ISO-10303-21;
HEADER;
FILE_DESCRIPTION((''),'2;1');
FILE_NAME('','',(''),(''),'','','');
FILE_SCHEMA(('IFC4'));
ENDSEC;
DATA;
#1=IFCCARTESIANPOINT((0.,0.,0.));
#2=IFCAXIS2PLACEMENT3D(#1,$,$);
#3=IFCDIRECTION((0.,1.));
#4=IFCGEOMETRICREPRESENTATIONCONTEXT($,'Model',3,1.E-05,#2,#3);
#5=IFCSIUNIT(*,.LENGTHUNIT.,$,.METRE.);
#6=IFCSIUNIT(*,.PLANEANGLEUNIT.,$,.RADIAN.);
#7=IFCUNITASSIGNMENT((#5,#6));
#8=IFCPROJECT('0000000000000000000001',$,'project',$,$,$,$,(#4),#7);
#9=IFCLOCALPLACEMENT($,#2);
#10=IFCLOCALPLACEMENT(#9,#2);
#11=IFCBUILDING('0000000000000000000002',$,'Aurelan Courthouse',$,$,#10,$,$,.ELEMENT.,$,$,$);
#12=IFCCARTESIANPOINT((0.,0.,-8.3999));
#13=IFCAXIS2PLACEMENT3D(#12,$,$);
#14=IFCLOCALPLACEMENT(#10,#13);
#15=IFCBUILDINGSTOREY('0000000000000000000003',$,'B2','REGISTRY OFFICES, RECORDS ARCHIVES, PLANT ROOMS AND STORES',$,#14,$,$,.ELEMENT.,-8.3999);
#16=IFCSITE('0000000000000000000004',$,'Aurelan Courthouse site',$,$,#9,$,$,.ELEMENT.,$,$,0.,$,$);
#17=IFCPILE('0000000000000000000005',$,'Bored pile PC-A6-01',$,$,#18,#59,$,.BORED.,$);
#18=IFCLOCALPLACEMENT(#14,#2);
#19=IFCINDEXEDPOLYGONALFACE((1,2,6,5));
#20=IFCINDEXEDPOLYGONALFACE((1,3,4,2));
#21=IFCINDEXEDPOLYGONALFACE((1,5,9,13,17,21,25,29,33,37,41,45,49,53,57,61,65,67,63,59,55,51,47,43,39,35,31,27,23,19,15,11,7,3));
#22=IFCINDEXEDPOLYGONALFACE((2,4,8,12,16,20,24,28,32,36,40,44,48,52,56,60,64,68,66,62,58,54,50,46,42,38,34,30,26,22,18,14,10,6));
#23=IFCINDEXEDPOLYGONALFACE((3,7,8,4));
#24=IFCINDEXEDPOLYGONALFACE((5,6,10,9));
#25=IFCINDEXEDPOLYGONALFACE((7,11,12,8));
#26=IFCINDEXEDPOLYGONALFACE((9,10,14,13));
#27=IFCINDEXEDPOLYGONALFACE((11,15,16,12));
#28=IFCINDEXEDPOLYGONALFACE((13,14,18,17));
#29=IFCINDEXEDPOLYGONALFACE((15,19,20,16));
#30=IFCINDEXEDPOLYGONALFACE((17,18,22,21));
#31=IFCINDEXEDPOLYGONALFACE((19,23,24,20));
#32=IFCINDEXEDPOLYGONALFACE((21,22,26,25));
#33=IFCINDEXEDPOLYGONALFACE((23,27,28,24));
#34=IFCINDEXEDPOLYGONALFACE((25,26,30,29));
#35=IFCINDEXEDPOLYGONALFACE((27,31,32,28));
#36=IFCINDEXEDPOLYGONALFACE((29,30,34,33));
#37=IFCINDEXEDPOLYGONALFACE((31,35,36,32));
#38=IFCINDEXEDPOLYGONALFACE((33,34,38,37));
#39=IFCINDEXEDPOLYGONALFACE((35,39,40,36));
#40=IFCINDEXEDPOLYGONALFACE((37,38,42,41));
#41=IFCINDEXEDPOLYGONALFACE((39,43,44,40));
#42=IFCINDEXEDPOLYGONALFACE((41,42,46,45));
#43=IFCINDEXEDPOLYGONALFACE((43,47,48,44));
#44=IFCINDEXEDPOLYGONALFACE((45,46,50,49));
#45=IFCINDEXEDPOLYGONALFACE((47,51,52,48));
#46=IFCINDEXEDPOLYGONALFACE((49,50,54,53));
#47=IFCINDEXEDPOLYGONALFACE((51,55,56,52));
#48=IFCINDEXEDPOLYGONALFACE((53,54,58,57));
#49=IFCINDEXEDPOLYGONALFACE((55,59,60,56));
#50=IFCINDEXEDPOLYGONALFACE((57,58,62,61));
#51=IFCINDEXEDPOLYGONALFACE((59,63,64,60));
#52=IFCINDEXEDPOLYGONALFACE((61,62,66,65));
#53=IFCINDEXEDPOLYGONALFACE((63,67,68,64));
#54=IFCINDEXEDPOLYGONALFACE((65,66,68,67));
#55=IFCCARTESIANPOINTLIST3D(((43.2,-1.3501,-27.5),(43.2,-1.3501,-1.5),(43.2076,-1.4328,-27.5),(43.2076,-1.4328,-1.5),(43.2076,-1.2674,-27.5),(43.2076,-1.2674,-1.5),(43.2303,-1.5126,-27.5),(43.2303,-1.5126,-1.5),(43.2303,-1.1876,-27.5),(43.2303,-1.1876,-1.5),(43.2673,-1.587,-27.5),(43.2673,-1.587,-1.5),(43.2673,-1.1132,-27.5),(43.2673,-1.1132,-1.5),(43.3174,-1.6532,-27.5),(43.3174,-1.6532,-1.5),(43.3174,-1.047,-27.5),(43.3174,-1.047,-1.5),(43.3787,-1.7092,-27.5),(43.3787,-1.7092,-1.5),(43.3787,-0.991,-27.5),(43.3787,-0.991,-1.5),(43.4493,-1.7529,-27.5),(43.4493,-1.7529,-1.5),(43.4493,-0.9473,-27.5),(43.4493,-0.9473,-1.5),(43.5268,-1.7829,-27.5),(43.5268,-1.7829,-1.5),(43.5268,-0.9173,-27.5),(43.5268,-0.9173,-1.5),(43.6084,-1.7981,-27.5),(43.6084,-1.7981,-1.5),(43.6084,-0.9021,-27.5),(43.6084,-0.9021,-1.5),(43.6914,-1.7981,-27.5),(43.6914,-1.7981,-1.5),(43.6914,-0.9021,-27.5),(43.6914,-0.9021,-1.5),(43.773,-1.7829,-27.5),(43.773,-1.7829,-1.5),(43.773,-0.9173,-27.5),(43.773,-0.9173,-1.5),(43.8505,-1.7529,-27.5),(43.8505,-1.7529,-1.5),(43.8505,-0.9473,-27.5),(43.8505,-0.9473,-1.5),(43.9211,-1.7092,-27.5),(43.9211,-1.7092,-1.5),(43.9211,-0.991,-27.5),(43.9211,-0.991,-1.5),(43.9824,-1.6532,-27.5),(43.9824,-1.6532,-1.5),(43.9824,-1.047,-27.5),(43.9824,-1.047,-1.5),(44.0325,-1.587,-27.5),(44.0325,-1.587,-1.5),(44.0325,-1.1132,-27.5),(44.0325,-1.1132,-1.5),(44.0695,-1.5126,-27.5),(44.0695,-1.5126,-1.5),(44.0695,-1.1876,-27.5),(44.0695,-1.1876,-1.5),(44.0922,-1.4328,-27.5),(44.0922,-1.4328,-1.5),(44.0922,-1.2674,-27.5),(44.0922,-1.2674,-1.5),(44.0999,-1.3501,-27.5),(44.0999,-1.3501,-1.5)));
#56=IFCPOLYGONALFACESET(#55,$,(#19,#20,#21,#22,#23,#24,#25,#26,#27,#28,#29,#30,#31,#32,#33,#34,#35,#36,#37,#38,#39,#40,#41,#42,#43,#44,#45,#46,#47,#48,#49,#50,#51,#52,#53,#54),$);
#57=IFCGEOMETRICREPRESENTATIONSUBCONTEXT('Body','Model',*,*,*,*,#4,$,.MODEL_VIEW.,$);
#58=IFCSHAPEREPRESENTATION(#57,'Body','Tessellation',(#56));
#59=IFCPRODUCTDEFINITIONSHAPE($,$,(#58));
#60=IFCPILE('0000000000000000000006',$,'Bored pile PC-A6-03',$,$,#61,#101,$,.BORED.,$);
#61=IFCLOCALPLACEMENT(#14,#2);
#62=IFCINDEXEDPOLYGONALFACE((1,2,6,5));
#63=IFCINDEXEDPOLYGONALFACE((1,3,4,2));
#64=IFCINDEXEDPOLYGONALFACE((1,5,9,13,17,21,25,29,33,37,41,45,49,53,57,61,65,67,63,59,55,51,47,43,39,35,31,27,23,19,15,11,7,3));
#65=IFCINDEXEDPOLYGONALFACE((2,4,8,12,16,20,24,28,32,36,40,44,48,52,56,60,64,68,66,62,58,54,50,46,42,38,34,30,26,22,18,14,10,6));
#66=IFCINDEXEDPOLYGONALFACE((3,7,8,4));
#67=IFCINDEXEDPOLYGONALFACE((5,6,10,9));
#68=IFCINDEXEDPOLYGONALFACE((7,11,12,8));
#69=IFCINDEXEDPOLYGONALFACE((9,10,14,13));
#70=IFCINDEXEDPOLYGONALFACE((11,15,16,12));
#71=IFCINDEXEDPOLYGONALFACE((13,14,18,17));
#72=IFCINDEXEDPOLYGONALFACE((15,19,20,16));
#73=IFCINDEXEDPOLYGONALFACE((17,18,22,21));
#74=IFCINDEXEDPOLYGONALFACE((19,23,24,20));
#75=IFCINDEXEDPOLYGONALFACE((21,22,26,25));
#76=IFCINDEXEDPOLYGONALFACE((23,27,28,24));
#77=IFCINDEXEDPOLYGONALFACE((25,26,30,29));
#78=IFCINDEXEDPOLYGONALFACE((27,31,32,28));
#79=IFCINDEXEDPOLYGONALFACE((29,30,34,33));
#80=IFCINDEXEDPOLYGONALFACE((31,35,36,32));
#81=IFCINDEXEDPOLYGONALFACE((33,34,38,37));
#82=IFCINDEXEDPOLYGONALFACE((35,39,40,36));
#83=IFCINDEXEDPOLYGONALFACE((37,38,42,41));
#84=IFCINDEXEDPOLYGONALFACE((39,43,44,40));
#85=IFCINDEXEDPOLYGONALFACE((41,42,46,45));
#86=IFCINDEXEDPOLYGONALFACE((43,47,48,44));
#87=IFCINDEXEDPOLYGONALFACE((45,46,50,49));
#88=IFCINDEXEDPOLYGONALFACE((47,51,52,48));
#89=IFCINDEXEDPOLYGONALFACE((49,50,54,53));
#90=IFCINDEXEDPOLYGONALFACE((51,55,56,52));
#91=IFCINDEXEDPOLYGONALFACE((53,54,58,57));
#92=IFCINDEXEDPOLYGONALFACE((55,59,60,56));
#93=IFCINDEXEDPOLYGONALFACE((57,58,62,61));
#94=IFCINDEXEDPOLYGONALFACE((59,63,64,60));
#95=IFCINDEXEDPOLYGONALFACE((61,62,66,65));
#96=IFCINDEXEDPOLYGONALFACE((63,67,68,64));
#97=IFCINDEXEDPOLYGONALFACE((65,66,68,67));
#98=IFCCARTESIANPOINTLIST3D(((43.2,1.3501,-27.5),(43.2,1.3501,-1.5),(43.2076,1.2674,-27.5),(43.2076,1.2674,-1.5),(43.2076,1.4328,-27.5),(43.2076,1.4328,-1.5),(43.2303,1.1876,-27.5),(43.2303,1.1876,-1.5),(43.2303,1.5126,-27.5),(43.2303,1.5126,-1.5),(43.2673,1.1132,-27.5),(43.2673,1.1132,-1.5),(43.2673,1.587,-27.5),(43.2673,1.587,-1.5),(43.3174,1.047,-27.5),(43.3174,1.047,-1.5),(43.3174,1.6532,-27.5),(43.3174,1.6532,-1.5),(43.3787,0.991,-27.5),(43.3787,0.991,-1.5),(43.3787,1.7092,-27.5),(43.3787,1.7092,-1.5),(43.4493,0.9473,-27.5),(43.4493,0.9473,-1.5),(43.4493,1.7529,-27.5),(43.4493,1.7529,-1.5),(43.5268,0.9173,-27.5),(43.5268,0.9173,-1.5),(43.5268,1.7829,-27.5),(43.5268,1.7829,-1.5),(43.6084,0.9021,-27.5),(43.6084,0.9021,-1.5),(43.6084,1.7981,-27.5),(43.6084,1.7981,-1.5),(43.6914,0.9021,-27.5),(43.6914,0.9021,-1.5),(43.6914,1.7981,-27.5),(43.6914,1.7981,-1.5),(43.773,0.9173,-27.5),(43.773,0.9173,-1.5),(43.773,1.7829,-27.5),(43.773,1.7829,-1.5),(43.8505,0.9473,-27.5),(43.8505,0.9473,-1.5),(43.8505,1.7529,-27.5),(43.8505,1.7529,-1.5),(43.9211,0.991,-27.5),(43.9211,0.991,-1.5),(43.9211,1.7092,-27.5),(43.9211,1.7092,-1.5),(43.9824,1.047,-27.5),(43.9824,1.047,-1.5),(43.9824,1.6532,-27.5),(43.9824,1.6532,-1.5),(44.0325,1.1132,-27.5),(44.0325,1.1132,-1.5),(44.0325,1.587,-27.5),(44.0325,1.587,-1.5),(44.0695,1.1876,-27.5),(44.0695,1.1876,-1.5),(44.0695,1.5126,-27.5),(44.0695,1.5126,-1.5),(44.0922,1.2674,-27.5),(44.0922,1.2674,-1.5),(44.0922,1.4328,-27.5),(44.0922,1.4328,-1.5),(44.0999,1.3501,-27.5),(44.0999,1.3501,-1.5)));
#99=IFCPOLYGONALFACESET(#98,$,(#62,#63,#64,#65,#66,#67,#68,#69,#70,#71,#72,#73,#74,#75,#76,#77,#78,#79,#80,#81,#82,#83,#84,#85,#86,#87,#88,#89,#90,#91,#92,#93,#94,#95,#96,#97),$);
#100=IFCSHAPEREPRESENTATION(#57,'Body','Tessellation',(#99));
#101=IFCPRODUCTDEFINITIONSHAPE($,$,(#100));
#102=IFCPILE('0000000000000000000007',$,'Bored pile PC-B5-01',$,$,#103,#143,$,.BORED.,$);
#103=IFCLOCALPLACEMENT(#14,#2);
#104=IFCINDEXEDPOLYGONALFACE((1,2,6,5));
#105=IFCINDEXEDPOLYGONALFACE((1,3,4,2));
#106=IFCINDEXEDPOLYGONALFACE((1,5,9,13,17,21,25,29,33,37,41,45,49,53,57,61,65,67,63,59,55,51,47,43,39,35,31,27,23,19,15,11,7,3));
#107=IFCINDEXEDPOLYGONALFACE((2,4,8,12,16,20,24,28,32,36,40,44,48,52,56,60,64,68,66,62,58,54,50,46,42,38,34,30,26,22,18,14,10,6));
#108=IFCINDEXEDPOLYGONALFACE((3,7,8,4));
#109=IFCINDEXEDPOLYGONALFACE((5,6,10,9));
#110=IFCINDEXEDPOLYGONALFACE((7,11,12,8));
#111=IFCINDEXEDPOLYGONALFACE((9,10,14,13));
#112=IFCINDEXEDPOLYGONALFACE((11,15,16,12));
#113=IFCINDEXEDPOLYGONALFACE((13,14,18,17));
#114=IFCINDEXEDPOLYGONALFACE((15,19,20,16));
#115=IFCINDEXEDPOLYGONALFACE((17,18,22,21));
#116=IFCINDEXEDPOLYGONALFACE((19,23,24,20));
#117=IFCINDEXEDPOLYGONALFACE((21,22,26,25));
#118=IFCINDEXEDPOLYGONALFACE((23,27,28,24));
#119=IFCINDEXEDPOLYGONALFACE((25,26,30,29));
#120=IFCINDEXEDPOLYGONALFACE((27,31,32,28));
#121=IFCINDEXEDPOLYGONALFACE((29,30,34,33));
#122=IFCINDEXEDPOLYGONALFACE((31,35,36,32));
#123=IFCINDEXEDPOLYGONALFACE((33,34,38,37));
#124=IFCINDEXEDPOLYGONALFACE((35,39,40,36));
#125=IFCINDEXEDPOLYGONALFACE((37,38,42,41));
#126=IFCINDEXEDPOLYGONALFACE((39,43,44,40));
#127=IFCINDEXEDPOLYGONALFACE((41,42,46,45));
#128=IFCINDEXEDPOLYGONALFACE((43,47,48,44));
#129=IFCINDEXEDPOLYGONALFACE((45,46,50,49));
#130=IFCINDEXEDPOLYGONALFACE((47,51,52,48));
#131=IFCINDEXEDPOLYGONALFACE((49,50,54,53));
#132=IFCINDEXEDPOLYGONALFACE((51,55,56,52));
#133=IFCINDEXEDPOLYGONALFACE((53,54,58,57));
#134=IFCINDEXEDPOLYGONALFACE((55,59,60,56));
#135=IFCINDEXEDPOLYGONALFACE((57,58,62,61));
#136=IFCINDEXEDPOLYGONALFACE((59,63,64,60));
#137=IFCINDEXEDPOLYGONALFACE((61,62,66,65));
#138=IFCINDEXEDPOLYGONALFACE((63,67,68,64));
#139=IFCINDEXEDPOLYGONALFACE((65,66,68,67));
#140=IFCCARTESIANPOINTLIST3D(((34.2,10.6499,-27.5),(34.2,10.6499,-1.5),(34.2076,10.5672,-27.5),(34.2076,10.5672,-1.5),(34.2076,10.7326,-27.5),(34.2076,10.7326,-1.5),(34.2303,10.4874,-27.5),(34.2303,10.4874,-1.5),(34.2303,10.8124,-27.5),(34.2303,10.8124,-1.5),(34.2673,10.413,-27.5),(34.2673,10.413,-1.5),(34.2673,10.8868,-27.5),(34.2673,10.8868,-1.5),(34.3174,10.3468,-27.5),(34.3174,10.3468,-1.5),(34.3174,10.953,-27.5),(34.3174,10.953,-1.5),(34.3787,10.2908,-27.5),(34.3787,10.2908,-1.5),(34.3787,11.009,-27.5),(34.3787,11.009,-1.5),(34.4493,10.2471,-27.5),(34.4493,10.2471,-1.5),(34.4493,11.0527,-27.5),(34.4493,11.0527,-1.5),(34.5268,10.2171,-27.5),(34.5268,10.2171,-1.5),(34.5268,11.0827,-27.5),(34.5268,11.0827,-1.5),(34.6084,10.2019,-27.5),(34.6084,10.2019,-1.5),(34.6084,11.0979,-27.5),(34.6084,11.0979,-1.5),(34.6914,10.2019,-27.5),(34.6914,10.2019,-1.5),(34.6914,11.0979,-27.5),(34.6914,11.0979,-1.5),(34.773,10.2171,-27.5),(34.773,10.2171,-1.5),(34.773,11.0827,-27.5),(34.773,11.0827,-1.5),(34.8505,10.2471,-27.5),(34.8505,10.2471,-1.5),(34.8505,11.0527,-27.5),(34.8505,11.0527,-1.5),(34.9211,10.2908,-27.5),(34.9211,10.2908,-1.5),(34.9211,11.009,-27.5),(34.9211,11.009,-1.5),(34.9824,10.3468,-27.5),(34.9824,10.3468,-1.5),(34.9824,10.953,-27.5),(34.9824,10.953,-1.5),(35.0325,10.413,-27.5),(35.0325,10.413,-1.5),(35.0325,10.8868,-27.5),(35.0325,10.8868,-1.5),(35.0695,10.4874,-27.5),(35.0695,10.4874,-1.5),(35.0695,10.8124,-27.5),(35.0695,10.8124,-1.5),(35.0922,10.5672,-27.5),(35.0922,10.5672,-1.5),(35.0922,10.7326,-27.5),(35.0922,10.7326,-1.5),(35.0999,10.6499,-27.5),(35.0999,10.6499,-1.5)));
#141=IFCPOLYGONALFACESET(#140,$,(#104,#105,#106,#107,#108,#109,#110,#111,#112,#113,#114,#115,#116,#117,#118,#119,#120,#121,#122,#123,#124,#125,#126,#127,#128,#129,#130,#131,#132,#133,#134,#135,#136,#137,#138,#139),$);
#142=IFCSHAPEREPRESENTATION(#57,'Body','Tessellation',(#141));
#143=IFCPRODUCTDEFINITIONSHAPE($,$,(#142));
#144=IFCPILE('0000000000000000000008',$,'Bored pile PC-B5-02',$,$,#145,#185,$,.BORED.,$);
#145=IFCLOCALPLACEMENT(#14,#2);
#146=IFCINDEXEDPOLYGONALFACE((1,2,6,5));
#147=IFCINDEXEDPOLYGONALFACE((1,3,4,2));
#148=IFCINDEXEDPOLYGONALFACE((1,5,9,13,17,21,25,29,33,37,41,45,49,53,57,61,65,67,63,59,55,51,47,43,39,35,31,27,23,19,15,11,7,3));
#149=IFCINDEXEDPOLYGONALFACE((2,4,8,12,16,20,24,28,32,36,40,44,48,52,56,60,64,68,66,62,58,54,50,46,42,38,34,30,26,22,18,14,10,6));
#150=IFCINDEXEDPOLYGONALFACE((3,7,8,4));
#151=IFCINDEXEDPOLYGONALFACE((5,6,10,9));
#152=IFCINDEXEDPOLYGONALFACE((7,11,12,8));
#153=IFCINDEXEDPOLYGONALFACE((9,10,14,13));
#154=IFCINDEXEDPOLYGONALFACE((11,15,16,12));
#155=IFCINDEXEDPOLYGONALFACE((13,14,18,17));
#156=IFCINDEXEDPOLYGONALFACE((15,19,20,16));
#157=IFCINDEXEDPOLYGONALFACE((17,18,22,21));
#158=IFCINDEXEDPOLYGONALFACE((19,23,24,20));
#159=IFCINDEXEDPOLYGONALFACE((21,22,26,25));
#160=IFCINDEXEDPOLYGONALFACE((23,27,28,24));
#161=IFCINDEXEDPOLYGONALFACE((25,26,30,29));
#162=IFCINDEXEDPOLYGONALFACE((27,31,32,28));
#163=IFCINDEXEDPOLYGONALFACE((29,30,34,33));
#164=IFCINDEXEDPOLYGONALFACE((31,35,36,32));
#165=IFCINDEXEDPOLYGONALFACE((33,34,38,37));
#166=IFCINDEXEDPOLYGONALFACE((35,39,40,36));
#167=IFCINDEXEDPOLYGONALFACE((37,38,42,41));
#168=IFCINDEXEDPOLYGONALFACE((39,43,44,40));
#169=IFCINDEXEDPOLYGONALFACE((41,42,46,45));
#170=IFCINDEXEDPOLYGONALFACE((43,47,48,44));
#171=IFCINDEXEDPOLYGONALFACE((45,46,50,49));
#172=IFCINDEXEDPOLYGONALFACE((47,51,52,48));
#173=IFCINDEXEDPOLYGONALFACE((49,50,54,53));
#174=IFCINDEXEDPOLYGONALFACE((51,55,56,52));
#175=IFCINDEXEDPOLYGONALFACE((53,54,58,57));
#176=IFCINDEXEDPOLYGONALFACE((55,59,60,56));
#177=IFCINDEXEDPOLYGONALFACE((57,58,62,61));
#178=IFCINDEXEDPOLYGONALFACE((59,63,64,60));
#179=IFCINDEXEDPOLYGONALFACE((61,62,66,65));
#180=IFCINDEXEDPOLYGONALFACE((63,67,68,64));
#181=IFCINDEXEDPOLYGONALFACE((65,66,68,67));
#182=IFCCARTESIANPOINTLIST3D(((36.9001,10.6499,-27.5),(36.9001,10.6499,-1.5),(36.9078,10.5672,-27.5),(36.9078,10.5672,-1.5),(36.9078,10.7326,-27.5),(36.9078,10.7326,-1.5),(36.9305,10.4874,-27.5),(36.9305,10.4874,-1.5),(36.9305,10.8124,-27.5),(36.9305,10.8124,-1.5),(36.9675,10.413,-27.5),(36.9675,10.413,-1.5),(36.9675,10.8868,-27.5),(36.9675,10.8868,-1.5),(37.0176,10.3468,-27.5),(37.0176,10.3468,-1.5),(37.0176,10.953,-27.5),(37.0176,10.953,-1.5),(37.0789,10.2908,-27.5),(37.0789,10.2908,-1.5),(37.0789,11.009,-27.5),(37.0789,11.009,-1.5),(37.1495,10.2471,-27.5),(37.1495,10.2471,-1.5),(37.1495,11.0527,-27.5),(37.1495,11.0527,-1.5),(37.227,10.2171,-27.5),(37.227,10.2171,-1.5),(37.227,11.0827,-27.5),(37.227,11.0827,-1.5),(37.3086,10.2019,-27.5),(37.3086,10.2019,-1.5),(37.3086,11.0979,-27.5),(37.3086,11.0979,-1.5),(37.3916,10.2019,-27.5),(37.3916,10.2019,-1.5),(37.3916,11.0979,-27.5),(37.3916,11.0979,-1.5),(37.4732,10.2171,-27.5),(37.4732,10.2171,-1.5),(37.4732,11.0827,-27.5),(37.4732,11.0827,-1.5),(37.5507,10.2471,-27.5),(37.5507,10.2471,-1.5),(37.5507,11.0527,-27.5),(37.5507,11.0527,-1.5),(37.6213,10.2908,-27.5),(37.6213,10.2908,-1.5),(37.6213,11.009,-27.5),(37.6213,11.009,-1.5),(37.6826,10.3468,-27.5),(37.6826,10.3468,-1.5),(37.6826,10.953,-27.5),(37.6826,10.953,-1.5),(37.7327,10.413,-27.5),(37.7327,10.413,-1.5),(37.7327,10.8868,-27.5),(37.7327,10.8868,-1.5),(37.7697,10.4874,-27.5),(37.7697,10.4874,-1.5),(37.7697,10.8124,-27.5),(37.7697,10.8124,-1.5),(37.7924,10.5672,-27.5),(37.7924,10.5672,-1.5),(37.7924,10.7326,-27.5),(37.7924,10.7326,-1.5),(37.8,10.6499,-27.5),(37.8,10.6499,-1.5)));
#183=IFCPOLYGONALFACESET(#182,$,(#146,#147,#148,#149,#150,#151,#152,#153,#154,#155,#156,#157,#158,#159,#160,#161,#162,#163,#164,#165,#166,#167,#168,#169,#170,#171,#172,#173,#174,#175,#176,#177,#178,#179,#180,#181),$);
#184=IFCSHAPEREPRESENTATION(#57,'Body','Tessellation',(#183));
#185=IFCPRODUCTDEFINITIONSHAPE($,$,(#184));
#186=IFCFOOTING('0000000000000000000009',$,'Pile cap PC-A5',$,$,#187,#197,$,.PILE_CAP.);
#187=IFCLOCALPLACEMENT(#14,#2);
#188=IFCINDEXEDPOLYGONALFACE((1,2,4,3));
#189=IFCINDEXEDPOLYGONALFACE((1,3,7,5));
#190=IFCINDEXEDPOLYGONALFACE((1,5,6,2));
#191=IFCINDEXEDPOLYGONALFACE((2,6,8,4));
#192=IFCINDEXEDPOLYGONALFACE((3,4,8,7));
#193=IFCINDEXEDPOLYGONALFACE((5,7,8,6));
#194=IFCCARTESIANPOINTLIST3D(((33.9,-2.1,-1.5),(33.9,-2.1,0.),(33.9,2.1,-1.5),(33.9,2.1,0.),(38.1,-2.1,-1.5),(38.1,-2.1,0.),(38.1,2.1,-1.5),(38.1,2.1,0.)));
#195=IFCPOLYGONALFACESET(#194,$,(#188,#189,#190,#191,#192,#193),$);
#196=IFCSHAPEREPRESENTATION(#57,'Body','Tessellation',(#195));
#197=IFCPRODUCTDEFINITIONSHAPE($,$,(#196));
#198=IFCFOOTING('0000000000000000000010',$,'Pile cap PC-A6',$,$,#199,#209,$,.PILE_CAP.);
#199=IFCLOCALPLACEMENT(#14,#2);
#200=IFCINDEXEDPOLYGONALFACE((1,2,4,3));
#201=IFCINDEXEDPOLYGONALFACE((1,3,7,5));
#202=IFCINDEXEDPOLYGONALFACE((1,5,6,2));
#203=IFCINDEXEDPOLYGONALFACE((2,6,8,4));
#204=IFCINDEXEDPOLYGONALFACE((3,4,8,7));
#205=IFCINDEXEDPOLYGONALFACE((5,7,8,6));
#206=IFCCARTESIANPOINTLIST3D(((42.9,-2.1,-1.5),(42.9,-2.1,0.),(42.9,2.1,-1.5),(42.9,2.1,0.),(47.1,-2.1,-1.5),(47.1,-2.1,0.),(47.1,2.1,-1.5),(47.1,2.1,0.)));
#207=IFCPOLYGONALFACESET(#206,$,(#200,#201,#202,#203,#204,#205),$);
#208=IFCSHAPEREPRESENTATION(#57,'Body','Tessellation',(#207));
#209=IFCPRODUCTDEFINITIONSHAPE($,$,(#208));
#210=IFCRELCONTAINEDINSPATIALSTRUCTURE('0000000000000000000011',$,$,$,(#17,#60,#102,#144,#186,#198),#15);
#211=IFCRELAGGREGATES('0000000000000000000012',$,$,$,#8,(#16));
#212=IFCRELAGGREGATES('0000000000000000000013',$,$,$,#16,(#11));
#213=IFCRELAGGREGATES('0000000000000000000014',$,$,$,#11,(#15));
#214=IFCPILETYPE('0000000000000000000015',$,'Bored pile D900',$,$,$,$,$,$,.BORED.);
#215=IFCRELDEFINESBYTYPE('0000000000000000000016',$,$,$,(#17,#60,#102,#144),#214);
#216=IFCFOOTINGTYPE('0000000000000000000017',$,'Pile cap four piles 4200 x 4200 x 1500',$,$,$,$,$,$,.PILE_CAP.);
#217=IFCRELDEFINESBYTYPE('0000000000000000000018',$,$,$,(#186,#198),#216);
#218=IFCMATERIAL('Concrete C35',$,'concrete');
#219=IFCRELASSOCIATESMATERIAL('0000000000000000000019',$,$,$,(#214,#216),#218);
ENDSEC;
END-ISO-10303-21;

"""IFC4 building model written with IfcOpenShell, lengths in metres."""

from ifc_helpers import new_model, si_unit, direction, frame, origin, origin_2d, place, context, subcontext, project, spatial, rectangle, circle, extrude, material, material_profile, profile_set, type_object, element, save


model = new_model("IFC4")

# Units and contexts
model_context = context("Model", 3, precision=1e-05, world=origin(), true_north=direction((0.0, 1.0)))
body_context = subcontext(model_context, "Body", "Model", "MODEL_VIEW")
ifc_project = project(units=[si_unit("LENGTHUNIT", "METRE"), si_unit("PLANEANGLEUNIT", "RADIAN")], contexts=[model_context])

# Site, building, storey
site_placement = place(None, origin())
site = spatial("IfcSite", under=ifc_project, at=site_placement, Name="Aurelan Courthouse site", CompositionType="ELEMENT", RefElevation=0.0)
building_placement = place(site_placement, origin())
building = spatial("IfcBuilding", under=site, at=building_placement, Name="Aurelan Courthouse", CompositionType="ELEMENT")
storey_placement = place(building_placement, frame((0.0, 0.0, -8.3999)))
storey = spatial("IfcBuildingStorey", under=building, at=storey_placement, Name="B2", Description="REGISTRY OFFICES, RECORDS ARCHIVES, PLANT ROOMS AND STORES", CompositionType="ELEMENT", Elevation=-8.3999)

# Piles
ifc_material_1 = material(Name="Concrete C35", Category="concrete")
ifc_material_profile_1 = material_profile(ifc_material_1, circle(Radius=0.45, at=origin_2d()), Name="D900")
ifc_profile_set_1 = profile_set([ifc_material_profile_1], Name="Concrete C35")
pile_type_1 = type_object("IfcPileType", Name="Bored pile D900", PredefinedType="BORED", material=ifc_profile_set_1)
for number, where, z_axis, x_axis, name in (
    (1, (43.6499, -1.3501, -1.5), (0.0, 0.0, -1.0), (1.0, 0.0, 0.0), "Bored pile PC-A6-01"),
    (2, (43.6499, 1.3501, -1.5), (0.0, 0.0, -1.0), (1.0, 0.0, 0.0), "Bored pile PC-A6-03"),
    (3, (34.6499, 10.6499, -1.5), (0.0, 0.0, -1.0), (1.0, 0.0, 0.0), "Bored pile PC-B5-01"),
    (4, (37.3501, 10.6499, -1.5), (0.0, 0.0, -1.0), (1.0, 0.0, 0.0), "Bored pile PC-B5-02"),
):
    element("IfcPile", number, at=place(storey_placement, frame(where, z_axis=z_axis, x_axis=x_axis)), inside=storey, type_object=pile_type_1, Name=name, PredefinedType="BORED", context=body_context, shape_type="SweptSolid", body=[
        extrude(circle(Radius=0.45, at=origin_2d()), origin(), (0.0, 0.0, 1.0), 26.0),
    ])

# Footings
footing_type_1 = type_object("IfcFootingType", Name="Pile cap four piles 4200 x 4200 x 1500", PredefinedType="PILE_CAP", material=ifc_material_1)
for number, where, z_axis, x_axis, name in (
    (5, (36.0, 0.0, -1.5), (0.0, 0.0, 1.0), (1.0, 0.0, 0.0), "Pile cap PC-A5"),
    (6, (45.0, 0.0, -1.5), (0.0, 0.0, 1.0), (1.0, 0.0, 0.0), "Pile cap PC-A6"),
):
    element("IfcFooting", number, at=place(storey_placement, frame(where, z_axis=z_axis, x_axis=x_axis)), inside=storey, type_object=footing_type_1, Name=name, PredefinedType="PILE_CAP", context=body_context, shape_type="SweptSolid", body=[
        extrude(rectangle(XDim=4.2, YDim=4.2, at=origin_2d()), origin(), (0.0, 0.0, 1.0), 1.5),
    ])

save(model, "model.ifc")
